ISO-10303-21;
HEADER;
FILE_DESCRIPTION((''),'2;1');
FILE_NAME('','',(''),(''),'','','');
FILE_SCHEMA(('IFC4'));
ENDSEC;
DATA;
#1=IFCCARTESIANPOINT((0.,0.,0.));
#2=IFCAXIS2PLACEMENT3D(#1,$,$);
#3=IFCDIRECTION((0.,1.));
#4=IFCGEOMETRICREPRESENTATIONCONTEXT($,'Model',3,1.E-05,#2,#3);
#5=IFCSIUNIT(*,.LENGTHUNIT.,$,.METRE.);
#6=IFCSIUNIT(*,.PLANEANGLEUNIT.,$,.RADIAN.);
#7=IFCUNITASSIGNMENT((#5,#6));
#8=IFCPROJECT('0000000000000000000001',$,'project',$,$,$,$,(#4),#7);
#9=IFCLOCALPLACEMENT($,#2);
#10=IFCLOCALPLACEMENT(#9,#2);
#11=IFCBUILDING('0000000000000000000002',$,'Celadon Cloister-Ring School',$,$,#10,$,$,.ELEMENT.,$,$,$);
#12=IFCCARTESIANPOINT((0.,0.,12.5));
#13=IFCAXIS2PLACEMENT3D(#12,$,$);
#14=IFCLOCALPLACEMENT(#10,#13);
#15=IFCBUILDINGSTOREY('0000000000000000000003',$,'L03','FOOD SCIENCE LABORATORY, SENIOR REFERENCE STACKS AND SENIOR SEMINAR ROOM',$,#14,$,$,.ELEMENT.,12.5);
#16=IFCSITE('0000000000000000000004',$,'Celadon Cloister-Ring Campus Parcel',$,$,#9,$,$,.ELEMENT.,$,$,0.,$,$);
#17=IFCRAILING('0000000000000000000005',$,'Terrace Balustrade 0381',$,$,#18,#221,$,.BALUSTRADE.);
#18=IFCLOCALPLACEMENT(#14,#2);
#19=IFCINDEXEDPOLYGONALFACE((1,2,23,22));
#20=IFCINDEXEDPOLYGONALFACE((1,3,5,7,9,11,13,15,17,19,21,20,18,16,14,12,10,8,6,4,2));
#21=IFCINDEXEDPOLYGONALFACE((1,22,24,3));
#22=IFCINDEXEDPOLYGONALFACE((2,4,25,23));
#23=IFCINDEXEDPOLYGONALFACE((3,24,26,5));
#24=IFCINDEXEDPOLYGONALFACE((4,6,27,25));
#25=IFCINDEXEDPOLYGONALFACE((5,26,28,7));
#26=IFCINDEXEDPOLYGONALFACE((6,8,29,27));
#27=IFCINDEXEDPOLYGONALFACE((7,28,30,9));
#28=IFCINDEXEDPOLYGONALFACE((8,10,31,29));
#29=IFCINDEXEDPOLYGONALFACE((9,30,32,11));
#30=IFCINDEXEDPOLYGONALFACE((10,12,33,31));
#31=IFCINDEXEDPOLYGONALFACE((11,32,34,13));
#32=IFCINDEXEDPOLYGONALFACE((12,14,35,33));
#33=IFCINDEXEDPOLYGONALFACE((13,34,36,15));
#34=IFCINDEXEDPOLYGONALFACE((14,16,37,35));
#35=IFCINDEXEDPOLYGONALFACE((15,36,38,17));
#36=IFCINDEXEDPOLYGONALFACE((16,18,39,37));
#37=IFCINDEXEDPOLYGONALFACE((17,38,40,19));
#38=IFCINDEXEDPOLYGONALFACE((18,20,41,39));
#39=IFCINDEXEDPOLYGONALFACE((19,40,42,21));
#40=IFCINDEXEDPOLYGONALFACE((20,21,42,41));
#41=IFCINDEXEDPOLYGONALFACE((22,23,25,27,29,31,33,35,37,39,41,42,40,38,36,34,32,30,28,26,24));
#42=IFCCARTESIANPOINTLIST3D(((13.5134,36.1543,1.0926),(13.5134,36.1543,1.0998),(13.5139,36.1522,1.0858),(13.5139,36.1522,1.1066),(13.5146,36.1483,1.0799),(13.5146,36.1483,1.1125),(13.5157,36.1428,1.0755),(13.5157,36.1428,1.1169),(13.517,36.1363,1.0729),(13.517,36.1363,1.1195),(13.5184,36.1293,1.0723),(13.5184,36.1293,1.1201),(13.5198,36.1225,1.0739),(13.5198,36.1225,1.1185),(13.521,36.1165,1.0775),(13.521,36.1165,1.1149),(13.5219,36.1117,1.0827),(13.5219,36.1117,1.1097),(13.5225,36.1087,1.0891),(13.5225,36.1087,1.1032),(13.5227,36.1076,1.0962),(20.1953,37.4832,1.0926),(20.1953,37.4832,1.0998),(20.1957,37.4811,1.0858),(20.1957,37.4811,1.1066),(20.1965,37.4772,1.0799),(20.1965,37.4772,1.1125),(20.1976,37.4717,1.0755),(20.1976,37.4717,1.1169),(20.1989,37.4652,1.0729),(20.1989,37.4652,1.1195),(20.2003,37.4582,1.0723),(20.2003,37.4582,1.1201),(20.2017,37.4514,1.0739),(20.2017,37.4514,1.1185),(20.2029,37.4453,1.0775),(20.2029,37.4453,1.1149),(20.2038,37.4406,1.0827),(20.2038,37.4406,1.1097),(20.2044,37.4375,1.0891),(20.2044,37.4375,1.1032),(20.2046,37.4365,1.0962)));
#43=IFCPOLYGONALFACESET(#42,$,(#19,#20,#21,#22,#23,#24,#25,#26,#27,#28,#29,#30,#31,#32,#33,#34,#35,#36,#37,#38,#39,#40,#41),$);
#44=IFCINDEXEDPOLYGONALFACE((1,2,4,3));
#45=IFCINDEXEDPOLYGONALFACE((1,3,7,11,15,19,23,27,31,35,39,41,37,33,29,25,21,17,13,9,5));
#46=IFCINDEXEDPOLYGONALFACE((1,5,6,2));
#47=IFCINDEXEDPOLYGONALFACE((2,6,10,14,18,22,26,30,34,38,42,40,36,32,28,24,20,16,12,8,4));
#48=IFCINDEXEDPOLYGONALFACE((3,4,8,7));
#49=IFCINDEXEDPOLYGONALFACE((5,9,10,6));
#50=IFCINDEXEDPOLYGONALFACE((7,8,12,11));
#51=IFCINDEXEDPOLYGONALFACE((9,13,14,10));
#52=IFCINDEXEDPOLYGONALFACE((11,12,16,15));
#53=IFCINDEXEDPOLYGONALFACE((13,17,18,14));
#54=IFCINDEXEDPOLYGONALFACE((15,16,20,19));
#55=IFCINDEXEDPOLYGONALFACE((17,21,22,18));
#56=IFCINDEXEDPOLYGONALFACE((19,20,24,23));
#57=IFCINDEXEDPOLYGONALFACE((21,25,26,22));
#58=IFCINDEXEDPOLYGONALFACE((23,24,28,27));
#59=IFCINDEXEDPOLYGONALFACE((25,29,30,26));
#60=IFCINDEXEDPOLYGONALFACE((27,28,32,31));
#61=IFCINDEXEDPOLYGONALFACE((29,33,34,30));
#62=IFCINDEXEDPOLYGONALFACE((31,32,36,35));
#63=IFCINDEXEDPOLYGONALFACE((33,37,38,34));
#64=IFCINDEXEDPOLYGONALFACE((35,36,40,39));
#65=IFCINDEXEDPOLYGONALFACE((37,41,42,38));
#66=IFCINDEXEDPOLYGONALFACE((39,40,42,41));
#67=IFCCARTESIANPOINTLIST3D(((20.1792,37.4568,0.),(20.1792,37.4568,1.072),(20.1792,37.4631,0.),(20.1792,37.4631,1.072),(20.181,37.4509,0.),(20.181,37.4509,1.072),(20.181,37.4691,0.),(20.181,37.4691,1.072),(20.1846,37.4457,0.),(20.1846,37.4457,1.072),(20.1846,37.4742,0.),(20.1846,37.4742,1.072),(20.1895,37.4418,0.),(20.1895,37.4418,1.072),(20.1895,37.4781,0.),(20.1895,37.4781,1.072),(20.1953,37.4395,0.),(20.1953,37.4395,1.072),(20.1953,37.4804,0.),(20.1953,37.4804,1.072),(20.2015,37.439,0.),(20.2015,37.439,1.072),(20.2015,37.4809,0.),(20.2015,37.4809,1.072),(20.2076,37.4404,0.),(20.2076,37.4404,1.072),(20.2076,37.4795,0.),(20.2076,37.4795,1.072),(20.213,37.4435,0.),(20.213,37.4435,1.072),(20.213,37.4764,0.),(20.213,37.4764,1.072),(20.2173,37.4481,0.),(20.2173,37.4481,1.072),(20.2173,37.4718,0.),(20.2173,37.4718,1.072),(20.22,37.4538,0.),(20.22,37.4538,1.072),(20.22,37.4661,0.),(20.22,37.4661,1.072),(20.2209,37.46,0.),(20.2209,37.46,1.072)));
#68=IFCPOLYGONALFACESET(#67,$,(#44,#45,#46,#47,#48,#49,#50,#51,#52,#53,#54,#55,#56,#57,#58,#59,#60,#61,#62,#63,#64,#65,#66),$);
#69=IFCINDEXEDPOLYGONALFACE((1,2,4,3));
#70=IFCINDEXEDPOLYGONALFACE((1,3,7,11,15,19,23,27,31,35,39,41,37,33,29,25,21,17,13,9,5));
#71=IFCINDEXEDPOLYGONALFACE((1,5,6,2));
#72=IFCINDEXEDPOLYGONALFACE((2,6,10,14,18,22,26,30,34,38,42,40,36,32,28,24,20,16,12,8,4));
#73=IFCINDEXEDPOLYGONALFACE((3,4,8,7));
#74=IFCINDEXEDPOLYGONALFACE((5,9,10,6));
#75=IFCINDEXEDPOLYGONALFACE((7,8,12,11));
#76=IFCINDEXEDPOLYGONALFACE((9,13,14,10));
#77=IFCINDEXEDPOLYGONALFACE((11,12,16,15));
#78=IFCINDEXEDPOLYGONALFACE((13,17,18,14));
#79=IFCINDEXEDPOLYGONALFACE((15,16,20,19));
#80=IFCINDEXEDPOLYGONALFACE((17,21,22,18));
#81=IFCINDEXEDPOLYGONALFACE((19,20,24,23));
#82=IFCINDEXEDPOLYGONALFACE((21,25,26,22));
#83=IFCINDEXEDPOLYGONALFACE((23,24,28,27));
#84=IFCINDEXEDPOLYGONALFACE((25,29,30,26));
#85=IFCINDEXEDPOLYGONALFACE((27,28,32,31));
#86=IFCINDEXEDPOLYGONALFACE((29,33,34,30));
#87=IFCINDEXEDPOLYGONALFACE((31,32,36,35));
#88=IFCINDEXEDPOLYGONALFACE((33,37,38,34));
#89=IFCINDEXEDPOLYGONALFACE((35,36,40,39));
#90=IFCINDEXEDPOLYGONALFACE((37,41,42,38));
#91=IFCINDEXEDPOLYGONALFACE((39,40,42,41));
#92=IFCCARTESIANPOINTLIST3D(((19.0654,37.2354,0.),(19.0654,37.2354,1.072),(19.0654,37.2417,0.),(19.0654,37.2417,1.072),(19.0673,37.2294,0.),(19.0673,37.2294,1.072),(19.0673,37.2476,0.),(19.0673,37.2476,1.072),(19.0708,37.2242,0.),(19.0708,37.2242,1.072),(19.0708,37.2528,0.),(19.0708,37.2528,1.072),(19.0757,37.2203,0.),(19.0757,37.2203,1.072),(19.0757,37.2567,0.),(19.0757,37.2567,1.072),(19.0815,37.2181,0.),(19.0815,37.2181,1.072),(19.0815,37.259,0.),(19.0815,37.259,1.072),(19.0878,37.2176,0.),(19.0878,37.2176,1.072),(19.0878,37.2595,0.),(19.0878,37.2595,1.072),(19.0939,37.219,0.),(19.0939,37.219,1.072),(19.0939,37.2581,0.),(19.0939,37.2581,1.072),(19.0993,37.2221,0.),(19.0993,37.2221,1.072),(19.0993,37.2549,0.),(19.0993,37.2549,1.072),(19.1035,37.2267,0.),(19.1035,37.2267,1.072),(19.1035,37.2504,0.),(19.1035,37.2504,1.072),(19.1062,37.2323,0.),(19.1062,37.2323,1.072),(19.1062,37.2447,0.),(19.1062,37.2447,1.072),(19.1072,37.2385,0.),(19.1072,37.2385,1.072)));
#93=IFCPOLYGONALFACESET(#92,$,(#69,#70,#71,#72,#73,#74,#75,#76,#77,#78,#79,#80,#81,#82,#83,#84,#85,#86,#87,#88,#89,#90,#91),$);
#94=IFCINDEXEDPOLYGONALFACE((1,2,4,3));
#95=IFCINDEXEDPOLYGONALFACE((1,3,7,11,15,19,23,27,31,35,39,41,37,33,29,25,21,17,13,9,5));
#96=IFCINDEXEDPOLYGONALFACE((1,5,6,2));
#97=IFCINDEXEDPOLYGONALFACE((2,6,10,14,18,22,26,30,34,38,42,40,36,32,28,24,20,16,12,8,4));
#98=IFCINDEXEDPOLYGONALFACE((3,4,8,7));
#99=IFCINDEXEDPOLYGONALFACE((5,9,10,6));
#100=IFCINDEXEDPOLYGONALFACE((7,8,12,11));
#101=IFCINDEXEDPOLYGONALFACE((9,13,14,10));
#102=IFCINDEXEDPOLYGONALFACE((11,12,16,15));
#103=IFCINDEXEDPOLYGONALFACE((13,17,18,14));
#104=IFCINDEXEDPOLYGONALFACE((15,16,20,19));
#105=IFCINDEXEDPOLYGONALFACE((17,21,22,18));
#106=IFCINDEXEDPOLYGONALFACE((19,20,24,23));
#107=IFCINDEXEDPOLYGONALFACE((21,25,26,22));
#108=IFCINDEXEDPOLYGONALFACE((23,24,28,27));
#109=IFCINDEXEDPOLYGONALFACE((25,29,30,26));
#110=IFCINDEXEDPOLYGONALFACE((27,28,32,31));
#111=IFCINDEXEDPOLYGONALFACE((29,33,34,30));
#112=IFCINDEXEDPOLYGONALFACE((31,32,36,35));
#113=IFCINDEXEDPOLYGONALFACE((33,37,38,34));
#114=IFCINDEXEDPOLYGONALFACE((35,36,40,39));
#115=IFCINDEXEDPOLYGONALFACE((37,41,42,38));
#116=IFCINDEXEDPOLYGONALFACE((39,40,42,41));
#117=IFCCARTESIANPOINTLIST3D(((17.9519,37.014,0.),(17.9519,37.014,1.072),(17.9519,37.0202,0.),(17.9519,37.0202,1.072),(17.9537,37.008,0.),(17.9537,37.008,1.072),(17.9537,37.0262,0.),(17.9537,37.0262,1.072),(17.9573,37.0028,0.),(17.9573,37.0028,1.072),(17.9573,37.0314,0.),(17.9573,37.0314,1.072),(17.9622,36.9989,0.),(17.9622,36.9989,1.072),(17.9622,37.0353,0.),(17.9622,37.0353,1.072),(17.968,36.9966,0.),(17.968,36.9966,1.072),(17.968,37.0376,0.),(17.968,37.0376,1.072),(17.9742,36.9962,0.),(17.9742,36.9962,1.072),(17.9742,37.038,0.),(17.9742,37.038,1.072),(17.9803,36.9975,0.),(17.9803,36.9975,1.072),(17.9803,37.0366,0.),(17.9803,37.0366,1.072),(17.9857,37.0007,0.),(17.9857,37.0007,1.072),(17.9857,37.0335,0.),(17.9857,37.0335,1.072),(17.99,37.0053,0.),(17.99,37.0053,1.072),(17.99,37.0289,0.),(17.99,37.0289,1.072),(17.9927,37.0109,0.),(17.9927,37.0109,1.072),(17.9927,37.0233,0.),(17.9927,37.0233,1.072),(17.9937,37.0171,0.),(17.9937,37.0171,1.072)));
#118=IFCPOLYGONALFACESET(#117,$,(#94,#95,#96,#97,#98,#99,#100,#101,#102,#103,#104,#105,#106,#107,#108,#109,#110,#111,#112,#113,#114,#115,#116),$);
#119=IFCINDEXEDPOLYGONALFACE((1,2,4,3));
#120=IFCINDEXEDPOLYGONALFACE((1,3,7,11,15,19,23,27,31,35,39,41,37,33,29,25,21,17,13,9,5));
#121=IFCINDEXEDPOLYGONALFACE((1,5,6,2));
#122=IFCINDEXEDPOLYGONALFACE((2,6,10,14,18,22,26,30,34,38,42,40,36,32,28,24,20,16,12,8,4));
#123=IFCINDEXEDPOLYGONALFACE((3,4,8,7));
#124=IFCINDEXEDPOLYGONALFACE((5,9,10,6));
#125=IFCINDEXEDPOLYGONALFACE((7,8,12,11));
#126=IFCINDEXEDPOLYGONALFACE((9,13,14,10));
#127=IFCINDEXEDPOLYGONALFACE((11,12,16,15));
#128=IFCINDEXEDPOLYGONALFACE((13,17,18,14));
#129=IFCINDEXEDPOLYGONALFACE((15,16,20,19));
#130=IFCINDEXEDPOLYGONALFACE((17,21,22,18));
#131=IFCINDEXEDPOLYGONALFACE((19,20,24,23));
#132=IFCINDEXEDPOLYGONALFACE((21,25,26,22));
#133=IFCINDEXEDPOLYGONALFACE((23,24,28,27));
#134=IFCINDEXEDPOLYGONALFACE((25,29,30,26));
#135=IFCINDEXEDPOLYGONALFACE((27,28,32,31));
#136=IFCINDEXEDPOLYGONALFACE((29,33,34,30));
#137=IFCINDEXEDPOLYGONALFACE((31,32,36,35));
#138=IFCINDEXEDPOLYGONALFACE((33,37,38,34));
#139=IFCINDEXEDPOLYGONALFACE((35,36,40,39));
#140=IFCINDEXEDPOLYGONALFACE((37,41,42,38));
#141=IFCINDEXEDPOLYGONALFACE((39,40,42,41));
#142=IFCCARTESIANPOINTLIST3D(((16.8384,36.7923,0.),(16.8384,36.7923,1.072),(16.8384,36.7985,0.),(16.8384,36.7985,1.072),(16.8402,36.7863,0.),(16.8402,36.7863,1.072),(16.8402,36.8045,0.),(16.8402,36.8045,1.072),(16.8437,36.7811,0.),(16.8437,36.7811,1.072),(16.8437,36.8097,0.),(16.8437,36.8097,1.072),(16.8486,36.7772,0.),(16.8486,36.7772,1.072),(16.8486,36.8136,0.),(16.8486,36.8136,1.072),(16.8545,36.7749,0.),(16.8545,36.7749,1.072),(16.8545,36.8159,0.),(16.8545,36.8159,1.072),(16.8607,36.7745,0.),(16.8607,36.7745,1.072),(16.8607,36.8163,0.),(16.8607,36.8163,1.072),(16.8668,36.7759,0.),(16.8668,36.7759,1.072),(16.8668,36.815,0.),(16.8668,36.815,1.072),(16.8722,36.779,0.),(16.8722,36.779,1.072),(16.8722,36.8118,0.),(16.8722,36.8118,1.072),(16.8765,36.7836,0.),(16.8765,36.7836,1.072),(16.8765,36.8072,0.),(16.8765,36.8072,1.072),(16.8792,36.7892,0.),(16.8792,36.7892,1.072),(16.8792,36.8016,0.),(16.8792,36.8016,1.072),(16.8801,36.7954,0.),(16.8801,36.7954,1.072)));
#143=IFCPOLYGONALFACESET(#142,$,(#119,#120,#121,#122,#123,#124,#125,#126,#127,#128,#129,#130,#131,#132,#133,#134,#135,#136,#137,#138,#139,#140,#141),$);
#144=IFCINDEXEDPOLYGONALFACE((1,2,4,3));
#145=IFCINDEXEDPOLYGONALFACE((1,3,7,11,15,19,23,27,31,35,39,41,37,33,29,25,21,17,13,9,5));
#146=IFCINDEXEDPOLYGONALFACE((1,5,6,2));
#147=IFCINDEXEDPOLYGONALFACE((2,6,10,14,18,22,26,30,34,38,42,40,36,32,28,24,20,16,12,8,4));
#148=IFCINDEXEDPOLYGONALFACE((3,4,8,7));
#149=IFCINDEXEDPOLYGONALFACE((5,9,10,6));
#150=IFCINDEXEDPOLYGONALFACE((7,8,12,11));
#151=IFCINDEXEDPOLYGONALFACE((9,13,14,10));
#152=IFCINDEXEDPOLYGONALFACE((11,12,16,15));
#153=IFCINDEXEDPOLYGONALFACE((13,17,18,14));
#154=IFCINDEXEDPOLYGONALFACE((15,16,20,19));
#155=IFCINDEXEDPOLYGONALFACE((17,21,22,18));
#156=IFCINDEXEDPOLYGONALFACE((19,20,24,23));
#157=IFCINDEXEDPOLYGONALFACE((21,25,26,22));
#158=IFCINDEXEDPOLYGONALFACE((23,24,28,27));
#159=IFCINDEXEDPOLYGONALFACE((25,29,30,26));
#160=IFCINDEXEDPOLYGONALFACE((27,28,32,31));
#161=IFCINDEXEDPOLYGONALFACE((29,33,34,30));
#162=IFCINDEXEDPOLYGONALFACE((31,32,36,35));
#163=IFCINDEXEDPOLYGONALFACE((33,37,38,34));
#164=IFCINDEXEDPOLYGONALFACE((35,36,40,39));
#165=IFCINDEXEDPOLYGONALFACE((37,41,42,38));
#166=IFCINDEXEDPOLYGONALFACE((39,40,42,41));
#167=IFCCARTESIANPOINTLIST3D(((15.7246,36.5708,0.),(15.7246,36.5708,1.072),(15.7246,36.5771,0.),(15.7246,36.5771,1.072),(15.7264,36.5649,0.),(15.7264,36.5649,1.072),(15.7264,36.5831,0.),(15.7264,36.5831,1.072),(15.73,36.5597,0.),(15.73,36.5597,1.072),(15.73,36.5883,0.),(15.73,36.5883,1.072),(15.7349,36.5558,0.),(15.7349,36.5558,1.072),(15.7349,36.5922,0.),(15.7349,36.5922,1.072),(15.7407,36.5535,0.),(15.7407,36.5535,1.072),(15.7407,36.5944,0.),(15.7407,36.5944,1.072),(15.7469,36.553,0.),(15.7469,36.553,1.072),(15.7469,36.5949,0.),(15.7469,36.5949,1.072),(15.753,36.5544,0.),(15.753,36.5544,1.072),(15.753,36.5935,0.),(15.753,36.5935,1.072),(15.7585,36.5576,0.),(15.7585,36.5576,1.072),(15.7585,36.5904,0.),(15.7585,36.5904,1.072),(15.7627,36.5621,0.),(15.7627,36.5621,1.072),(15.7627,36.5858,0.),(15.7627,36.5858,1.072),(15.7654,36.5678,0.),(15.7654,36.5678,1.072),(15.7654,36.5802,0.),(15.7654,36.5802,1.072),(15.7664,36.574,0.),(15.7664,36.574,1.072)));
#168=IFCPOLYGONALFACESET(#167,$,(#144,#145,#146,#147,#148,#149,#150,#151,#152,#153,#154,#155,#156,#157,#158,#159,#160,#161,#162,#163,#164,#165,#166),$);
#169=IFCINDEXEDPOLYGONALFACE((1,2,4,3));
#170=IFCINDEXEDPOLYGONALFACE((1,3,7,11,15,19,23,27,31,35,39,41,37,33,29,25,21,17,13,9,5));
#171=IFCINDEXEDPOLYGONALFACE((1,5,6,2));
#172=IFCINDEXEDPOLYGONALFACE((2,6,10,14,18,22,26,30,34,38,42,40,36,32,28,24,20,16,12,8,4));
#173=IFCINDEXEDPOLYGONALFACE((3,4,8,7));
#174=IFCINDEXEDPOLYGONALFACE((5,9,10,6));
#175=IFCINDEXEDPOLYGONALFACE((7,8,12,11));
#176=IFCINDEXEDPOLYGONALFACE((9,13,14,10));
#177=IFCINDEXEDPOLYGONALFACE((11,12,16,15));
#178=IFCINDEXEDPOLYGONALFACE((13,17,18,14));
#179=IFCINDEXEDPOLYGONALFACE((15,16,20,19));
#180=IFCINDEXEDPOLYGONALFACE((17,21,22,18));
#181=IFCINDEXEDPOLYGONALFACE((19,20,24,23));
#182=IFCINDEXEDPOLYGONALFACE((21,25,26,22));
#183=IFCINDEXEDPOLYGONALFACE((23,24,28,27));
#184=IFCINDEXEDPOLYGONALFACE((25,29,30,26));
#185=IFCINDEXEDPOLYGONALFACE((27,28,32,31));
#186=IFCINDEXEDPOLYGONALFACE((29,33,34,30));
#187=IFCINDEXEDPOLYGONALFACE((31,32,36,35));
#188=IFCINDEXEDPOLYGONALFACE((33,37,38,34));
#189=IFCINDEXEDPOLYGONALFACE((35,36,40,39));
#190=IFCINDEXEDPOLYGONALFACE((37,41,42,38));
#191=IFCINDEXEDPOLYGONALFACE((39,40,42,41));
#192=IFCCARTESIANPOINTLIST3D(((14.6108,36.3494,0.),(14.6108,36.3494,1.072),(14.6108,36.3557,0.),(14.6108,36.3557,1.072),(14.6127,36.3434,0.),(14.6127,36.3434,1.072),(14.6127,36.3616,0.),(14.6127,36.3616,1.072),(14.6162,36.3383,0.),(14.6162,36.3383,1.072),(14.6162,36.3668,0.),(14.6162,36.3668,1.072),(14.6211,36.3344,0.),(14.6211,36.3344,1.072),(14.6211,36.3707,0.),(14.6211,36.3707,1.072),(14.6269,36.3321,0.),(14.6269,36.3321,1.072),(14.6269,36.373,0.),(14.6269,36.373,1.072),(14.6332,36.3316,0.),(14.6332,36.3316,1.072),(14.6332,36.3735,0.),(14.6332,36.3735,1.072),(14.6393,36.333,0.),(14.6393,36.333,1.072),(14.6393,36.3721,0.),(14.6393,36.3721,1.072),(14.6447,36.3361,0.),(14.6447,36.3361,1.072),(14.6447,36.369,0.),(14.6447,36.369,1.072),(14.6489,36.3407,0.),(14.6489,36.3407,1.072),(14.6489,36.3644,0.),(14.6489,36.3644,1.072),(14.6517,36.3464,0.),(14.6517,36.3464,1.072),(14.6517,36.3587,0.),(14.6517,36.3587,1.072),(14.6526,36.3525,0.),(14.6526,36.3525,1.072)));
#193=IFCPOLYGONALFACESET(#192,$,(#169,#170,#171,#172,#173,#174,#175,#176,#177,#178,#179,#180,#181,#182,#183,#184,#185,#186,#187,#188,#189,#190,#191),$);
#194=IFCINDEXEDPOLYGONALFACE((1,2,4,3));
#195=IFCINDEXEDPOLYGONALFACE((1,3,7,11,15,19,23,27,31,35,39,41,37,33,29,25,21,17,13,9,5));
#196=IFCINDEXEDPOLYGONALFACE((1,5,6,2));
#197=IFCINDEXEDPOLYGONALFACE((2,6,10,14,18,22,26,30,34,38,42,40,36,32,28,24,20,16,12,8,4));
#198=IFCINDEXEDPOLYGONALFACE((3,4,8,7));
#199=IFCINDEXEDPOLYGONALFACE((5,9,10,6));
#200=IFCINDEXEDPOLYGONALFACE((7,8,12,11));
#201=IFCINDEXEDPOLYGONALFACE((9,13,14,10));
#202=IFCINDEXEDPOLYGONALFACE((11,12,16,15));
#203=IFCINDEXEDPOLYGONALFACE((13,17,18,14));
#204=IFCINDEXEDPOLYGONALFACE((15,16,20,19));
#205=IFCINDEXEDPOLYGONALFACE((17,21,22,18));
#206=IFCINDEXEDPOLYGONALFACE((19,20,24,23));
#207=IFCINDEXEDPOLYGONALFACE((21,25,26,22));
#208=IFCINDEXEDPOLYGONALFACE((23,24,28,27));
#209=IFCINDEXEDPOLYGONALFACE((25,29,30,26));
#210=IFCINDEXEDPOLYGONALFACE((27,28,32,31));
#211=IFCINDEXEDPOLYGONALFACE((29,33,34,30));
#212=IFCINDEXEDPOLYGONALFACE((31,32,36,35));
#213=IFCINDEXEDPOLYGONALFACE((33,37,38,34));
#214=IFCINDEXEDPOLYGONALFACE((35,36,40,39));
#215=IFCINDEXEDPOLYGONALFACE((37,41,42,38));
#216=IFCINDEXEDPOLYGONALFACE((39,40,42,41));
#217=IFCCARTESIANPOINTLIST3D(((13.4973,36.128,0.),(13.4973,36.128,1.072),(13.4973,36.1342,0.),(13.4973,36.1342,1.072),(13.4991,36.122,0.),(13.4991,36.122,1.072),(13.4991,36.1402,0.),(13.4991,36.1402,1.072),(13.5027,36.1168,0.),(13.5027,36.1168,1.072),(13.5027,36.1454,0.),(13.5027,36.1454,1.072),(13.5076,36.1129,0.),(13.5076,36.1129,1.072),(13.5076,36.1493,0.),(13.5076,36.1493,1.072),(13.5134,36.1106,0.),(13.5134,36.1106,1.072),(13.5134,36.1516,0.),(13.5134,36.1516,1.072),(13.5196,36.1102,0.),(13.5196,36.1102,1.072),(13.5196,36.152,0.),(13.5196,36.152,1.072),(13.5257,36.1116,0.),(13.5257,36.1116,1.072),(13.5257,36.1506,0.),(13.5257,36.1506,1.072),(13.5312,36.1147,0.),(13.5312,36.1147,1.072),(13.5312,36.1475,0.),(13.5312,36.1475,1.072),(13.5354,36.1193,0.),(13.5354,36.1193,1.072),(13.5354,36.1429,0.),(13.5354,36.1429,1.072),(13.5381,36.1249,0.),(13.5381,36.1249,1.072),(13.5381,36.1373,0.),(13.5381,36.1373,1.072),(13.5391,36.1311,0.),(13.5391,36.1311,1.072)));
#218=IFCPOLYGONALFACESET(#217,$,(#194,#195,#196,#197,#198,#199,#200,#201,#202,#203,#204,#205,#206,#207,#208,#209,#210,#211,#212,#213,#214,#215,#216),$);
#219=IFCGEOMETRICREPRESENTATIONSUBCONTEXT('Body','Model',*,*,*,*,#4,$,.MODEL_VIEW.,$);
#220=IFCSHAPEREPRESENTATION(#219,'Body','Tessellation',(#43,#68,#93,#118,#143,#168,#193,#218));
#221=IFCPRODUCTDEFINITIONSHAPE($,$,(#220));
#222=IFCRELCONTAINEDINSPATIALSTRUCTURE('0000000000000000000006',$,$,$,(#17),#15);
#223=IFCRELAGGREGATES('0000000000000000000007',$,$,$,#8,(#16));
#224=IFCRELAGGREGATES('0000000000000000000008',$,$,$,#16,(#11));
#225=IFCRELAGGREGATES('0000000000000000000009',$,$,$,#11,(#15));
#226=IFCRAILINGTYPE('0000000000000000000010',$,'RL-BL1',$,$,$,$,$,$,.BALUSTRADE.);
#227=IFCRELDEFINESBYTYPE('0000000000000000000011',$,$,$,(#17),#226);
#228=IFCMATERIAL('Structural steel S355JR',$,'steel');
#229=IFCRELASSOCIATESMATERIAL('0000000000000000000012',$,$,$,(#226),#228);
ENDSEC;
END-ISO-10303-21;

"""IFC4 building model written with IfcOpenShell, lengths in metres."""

from ifc_helpers import new_model, si_unit, direction, frame, origin, origin_2d, place, context, subcontext, project, spatial, circle, extrude, material, type_object, element, save


model = new_model("IFC4")

# Units and contexts
model_context = context("Model", 3, precision=1e-05, world=origin(), true_north=direction((0.0, 1.0)))
body_context = subcontext(model_context, "Body", "Model", "MODEL_VIEW")
ifc_project = project(units=[si_unit("LENGTHUNIT", "METRE"), si_unit("PLANEANGLEUNIT", "RADIAN")], contexts=[model_context])

# Site, building, storey
site_placement = place(None, origin())
site = spatial("IfcSite", under=ifc_project, at=site_placement, Name="Celadon Cloister-Ring Campus Parcel", CompositionType="ELEMENT", RefElevation=0.0)
building_placement = place(site_placement, origin())
building = spatial("IfcBuilding", under=site, at=building_placement, Name="Celadon Cloister-Ring School", CompositionType="ELEMENT")
storey_placement = place(building_placement, frame((0.0, 0.0, 12.5)))
storey = spatial("IfcBuildingStorey", under=building, at=storey_placement, Name="L03", Description="FOOD SCIENCE LABORATORY, SENIOR REFERENCE STACKS AND SENIOR SEMINAR ROOM", CompositionType="ELEMENT", Elevation=12.5)

# Railing
ifc_material_1 = material(Name="Structural steel S355JR", Category="steel")
railing_type = type_object("IfcRailingType", Name="RL-BL1", PredefinedType="BALUSTRADE", material=ifc_material_1)
railing_placement = place(storey_placement, frame((20.2, 37.46, 0.0)))
element("IfcRailing", 1, at=railing_placement, inside=storey, type_object=railing_type, Name="Terrace Balustrade 0381", PredefinedType="BALUSTRADE", context=body_context, shape_type="SweptSolid", body=[
    extrude(circle(Radius=0.0239, at=origin_2d()), frame((0.0, 0.0, 1.0962), z_axis=(-0.980792, -0.195055, 0.0), x_axis=(0.195055, -0.980792, 0.0)), (0.0, 0.0, 1.0), 6.8127),
    extrude(circle(Radius=0.021, at=origin_2d()), origin(), (0.0, 0.0, 1.0), 1.072),
    extrude(circle(Radius=0.021, at=origin_2d()), frame((-1.1138, -0.2214, 0.0)), (0.0, 0.0, 1.0), 1.072),
    extrude(circle(Radius=0.021, at=origin_2d()), frame((-2.2273, -0.4429, 0.0)), (0.0, 0.0, 1.0), 1.072),
    extrude(circle(Radius=0.021, at=origin_2d()), frame((-3.3408, -0.6646, 0.0)), (0.0, 0.0, 1.0), 1.072),
    extrude(circle(Radius=0.021, at=origin_2d()), frame((-4.4546, -0.886, 0.0)), (0.0, 0.0, 1.0), 1.072),
    extrude(circle(Radius=0.021, at=origin_2d()), frame((-5.5684, -1.1074, 0.0)), (0.0, 0.0, 1.0), 1.072),
    extrude(circle(Radius=0.021, at=origin_2d()), frame((-6.6819, -1.3289, 0.0)), (0.0, 0.0, 1.0), 1.072),
])

save(model, "model.ifc")
